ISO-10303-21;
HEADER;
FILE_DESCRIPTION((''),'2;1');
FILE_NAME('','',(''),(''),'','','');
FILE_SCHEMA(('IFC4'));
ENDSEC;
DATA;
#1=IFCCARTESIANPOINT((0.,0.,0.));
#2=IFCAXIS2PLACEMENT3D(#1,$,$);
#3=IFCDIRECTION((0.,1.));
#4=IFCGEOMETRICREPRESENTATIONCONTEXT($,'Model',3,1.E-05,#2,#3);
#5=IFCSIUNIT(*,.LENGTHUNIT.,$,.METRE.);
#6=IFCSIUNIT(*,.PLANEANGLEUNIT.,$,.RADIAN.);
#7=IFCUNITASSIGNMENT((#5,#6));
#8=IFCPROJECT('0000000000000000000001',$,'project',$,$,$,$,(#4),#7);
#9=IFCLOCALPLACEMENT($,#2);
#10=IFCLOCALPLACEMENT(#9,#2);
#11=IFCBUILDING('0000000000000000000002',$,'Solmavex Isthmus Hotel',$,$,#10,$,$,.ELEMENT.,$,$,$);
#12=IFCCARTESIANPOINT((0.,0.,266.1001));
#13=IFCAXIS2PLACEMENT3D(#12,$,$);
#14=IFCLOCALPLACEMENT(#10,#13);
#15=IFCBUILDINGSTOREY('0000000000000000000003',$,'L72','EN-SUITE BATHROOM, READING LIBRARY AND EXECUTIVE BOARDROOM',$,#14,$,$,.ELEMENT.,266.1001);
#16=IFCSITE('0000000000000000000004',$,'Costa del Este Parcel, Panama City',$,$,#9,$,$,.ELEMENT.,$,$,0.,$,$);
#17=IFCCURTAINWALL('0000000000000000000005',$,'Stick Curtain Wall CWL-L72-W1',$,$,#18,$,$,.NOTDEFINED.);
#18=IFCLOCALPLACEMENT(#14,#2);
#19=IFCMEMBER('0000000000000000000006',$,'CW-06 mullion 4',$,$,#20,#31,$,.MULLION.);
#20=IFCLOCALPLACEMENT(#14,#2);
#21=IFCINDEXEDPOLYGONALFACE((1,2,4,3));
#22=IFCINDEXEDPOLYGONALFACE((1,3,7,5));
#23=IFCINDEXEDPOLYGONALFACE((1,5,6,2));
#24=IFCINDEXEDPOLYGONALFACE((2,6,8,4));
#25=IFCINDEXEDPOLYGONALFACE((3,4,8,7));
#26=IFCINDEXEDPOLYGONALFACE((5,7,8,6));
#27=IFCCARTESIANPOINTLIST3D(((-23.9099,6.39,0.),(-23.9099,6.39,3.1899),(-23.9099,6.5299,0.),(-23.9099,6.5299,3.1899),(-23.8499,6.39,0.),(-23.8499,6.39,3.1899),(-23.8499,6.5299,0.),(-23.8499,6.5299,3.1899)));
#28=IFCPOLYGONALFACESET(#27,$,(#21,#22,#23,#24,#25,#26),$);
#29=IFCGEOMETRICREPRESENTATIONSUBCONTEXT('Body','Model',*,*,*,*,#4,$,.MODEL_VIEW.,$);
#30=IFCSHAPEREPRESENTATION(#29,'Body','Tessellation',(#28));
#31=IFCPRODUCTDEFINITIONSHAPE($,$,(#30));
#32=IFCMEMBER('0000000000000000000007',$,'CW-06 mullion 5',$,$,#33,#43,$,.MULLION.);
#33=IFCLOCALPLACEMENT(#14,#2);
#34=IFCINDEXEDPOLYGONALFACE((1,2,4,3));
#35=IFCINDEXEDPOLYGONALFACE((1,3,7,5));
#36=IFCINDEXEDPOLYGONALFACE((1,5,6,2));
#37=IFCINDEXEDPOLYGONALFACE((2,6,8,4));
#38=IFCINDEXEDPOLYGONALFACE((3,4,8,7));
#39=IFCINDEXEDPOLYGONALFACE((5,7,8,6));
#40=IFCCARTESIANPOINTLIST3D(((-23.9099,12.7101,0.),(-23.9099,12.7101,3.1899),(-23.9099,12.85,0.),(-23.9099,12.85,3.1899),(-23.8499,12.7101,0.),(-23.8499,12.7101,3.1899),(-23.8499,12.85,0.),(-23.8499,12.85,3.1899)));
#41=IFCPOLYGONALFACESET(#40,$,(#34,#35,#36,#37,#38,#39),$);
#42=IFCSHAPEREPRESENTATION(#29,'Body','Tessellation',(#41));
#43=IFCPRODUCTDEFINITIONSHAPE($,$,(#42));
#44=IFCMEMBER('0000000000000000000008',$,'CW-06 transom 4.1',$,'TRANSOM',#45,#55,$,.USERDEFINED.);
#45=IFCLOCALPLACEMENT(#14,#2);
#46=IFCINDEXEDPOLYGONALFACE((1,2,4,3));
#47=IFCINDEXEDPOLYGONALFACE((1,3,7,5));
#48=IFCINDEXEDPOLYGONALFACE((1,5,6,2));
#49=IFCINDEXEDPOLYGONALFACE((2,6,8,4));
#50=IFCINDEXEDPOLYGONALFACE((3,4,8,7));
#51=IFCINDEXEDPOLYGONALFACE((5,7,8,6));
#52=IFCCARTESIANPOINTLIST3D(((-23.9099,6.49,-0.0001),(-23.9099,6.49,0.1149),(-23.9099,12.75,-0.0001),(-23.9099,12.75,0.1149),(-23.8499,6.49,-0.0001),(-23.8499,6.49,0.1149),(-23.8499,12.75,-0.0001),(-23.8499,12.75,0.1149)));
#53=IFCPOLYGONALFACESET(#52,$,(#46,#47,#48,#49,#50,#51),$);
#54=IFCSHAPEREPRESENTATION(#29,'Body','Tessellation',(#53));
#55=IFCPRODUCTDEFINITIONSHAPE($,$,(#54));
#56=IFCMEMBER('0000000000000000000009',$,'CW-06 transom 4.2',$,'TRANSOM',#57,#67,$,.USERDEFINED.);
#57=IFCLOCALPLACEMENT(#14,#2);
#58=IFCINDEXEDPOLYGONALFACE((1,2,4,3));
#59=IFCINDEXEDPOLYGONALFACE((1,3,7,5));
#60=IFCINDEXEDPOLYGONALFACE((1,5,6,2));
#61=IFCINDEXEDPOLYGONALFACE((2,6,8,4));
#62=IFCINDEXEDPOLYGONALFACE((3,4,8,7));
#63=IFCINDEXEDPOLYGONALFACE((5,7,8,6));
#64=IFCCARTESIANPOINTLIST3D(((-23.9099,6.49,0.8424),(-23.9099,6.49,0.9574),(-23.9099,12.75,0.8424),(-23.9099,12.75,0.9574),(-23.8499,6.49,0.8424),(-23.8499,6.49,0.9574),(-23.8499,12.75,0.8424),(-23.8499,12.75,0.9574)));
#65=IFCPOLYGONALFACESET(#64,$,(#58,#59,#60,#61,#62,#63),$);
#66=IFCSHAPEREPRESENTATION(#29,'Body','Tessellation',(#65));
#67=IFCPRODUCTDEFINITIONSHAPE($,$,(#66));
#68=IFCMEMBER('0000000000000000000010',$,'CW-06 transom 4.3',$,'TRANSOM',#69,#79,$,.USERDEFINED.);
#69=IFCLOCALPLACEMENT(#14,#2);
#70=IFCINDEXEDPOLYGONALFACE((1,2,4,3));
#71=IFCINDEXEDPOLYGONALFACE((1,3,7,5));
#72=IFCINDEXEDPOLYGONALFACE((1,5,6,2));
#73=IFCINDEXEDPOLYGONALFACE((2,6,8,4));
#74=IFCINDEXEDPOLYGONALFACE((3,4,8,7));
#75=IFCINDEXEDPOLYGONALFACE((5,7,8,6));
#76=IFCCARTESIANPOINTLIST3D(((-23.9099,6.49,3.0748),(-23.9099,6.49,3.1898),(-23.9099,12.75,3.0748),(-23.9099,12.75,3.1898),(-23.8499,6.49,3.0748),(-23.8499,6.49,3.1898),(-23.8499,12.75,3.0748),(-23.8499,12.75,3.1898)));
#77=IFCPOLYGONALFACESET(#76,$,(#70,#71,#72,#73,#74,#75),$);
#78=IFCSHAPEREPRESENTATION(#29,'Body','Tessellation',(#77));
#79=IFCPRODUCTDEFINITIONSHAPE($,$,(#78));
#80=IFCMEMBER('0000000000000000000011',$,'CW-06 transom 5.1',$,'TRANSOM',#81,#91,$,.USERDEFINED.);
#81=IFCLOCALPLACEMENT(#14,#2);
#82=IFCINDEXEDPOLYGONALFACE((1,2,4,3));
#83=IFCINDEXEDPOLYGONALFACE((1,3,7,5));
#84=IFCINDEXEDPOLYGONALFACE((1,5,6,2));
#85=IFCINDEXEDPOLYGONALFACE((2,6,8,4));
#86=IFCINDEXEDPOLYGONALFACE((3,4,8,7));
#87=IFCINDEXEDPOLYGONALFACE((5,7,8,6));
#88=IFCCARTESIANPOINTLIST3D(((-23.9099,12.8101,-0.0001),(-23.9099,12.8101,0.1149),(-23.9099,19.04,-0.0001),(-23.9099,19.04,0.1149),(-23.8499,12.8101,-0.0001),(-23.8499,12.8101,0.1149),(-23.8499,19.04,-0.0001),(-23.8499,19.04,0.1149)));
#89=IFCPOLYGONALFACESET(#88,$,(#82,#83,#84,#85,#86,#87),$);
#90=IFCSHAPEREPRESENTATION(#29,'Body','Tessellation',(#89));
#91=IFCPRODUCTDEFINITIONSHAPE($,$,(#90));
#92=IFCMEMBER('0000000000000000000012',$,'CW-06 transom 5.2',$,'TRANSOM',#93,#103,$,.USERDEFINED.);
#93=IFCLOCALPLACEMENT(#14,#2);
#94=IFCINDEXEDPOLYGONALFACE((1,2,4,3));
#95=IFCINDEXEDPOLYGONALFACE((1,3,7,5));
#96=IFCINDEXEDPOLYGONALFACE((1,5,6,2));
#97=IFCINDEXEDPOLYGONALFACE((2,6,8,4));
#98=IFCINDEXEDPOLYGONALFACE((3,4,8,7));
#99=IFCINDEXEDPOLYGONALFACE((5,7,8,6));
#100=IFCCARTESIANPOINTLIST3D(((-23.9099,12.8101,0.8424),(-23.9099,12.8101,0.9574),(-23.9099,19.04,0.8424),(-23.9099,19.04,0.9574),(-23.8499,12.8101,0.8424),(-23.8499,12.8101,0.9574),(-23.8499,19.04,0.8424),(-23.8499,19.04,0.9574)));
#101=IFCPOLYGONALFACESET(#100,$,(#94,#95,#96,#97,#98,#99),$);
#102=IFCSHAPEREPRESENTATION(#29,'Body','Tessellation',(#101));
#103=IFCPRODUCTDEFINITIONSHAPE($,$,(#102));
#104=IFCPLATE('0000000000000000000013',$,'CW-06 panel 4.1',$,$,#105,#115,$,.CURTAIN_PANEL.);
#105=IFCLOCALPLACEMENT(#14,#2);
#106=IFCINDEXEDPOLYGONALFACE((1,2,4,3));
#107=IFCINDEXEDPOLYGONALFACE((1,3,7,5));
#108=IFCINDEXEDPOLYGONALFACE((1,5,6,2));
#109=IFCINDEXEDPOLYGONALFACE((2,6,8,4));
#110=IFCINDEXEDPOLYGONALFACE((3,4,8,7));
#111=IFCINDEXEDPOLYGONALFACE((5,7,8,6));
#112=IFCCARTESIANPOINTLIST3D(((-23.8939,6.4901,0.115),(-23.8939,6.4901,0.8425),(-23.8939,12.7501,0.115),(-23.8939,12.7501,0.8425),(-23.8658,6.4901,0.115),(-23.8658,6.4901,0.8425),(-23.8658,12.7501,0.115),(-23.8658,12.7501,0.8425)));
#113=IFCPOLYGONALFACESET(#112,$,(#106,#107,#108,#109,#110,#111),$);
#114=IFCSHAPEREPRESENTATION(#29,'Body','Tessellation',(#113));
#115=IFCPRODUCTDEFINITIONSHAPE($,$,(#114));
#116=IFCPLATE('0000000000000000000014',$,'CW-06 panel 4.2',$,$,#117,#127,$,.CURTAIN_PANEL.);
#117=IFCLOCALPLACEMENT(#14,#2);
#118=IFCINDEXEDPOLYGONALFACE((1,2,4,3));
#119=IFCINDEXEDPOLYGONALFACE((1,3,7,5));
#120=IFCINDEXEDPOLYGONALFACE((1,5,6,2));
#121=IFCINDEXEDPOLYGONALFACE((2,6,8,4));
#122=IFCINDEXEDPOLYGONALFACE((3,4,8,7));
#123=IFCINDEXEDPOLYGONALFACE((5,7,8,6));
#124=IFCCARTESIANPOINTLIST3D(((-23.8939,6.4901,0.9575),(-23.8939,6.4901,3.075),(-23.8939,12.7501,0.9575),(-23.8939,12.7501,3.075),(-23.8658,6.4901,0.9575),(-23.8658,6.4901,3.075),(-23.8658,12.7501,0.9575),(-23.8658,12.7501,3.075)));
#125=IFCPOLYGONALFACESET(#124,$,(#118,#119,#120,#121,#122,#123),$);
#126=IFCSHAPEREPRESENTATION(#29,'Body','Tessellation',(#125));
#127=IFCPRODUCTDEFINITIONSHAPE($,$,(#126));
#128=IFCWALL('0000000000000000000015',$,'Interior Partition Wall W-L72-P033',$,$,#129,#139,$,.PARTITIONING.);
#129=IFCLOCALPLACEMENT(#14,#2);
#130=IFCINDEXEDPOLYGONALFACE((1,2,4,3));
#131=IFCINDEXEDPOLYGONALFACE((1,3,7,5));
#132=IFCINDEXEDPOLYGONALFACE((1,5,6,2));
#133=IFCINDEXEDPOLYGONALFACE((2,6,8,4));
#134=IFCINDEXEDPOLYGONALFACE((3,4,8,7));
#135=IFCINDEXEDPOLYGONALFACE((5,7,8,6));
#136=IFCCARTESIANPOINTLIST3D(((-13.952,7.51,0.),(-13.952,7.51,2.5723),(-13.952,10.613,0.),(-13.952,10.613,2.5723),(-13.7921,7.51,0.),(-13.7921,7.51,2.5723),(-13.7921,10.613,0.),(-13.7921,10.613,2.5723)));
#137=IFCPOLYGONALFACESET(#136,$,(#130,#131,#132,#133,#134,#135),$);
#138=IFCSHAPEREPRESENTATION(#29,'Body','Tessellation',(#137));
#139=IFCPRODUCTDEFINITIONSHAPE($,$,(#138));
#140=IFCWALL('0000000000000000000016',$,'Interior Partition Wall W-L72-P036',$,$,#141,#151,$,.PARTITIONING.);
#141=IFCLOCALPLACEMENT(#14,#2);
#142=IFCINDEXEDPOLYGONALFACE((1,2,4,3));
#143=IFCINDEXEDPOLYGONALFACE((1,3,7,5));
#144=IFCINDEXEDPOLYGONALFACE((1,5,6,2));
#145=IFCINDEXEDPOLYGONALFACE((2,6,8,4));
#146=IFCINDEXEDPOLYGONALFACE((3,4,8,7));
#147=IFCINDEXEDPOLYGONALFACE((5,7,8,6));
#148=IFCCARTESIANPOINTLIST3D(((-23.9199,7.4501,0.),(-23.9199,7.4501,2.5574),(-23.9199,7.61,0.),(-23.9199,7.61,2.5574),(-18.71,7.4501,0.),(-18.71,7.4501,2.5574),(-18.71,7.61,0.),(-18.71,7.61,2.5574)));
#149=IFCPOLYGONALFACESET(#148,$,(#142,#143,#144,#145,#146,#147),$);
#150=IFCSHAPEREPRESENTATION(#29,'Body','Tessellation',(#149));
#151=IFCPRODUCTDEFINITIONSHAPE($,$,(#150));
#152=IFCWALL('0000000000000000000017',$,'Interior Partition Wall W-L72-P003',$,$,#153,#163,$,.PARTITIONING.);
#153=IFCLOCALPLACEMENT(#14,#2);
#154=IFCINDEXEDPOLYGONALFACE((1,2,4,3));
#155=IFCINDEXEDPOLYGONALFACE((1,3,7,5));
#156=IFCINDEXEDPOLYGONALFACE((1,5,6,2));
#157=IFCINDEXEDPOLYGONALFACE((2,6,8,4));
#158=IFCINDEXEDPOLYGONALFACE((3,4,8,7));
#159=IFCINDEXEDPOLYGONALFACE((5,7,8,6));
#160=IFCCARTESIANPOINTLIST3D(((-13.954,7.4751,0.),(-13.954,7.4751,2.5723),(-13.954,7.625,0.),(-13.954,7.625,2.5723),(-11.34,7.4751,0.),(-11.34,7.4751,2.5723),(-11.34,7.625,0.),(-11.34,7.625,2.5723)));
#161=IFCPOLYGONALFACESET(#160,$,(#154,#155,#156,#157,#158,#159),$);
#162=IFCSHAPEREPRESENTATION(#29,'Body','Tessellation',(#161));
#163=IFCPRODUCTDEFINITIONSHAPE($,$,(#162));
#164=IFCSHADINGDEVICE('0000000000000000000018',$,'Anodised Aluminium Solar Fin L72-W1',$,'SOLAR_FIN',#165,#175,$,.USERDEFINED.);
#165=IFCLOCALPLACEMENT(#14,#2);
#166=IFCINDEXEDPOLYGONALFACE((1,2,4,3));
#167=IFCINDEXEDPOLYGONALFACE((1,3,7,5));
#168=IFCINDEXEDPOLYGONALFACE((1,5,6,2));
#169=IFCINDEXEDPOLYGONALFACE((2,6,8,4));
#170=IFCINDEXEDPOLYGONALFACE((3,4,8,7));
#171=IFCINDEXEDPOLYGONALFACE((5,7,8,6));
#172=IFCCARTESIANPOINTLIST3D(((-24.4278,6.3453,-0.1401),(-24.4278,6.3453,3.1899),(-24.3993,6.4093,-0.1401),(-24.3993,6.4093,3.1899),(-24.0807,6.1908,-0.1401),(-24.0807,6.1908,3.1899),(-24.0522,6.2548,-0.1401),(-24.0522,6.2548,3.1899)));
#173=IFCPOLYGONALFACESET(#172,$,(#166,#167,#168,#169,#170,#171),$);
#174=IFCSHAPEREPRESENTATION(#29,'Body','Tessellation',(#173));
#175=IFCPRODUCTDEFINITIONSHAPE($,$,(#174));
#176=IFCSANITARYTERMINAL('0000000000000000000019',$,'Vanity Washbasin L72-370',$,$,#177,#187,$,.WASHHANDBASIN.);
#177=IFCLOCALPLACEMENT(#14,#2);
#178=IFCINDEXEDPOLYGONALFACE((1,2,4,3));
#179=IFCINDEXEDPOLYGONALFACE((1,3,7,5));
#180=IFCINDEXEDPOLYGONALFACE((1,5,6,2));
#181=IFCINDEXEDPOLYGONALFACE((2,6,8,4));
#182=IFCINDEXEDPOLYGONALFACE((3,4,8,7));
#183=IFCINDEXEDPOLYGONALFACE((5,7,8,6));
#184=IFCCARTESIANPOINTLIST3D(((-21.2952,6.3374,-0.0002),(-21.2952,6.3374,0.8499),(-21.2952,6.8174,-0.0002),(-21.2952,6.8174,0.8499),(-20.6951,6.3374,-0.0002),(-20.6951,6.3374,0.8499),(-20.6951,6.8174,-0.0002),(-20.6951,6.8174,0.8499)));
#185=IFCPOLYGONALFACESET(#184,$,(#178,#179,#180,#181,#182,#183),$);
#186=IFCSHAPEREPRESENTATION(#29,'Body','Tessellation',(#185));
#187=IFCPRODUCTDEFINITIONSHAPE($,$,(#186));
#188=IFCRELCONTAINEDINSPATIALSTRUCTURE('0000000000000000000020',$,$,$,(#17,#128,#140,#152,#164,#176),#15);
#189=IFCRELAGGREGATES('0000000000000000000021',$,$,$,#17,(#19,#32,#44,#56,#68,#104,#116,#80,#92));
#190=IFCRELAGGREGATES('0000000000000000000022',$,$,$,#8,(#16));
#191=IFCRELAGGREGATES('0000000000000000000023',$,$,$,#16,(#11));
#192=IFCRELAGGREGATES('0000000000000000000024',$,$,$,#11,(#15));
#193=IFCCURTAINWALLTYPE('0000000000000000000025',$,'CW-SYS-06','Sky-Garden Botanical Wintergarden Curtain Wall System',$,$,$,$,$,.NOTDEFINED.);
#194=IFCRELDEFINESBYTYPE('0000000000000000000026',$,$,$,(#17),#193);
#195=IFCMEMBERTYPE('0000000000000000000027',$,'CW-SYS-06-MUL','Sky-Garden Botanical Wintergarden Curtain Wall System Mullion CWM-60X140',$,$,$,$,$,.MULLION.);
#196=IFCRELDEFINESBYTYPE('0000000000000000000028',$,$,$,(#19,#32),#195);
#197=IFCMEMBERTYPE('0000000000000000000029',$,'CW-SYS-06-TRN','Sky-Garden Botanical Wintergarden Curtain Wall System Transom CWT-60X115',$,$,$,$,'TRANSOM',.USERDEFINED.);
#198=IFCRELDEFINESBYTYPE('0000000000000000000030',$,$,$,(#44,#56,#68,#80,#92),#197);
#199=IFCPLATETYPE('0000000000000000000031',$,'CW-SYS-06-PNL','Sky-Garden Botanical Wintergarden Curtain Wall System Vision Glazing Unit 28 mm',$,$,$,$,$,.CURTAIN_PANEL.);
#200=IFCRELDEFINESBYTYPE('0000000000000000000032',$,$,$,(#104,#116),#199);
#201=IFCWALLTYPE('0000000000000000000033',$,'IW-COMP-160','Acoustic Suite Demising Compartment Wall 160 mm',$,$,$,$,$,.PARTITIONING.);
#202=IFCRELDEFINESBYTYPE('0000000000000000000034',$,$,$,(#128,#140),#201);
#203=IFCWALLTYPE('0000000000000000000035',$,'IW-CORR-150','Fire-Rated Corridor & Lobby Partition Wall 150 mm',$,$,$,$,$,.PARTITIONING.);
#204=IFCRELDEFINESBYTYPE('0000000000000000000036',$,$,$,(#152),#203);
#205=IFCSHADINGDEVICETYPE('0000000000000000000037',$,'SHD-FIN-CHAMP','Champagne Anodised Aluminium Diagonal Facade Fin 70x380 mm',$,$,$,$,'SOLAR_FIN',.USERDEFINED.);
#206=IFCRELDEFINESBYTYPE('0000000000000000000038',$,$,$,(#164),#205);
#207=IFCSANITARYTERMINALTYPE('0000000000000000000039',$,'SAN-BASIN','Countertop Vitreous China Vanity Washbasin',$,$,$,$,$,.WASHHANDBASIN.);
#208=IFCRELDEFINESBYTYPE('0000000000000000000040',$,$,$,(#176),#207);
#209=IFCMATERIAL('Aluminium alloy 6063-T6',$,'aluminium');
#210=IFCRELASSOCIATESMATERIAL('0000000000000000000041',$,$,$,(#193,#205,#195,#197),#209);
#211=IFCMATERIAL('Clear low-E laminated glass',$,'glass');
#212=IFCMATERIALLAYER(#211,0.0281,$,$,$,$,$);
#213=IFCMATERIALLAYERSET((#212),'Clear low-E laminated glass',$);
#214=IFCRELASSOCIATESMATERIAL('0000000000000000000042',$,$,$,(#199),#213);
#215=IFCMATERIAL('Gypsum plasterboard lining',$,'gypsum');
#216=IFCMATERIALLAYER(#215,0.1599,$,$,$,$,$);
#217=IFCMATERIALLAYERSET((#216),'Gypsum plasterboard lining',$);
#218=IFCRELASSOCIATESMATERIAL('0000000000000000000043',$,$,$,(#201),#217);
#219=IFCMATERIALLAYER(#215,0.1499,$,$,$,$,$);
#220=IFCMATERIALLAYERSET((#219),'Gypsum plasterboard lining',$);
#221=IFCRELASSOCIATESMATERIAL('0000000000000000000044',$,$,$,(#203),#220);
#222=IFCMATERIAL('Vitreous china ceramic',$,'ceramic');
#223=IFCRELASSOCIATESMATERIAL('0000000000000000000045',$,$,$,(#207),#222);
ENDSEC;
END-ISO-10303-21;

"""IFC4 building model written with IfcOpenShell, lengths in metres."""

from ifc_helpers import new_model, si_unit, direction, frame, frame_2d, origin, origin_2d, place, context, subcontext, project, spatial, rectangle, extrude, material, layer, layer_set, material_profile, profile_set, type_object, element, aggregate, save


model = new_model("IFC4")

# Units and contexts
model_context = context("Model", 3, precision=1e-05, world=origin(), true_north=direction((0.0, 1.0)))
body_context = subcontext(model_context, "Body", "Model", "MODEL_VIEW")
ifc_project = project(units=[si_unit("LENGTHUNIT", "METRE"), si_unit("PLANEANGLEUNIT", "RADIAN")], contexts=[model_context])

# Site, building, storey
site_placement = place(None, origin())
site = spatial("IfcSite", under=ifc_project, at=site_placement, Name="Costa del Este Parcel, Panama City", CompositionType="ELEMENT", RefElevation=0.0)
building_placement = place(site_placement, origin())
building = spatial("IfcBuilding", under=site, at=building_placement, Name="Solmavex Isthmus Hotel", CompositionType="ELEMENT")
storey_placement = place(building_placement, frame((0.0, 0.0, 266.1001)))
storey = spatial("IfcBuildingStorey", under=building, at=storey_placement, Name="L72", Description="EN-SUITE BATHROOM, READING LIBRARY AND EXECUTIVE BOARDROOM", CompositionType="ELEMENT", Elevation=266.1001)

# Curtain wall, members, plates
ifc_material_1 = material(Name="Aluminium alloy 6063-T6", Category="aluminium")
curtain_wall_type = type_object("IfcCurtainWallType", Name="CW-SYS-06", Description="Sky-Garden Botanical Wintergarden Curtain Wall System", PredefinedType="NOTDEFINED", material=ifc_material_1)
curtain_wall_placement = place(storey_placement, origin())
curtain_wall = element("IfcCurtainWall", 1, at=curtain_wall_placement, inside=storey, type_object=curtain_wall_type, Name="Stick Curtain Wall CWL-L72-W1", PredefinedType="NOTDEFINED")
ifc_material_profile_1 = material_profile(ifc_material_1, rectangle(XDim=0.0601, YDim=0.1399, at=origin_2d()), Name="CWM-60X140")
ifc_profile_set_1 = profile_set([ifc_material_profile_1], Name="Aluminium alloy 6063-T6")
member_type_1 = type_object("IfcMemberType", Name="CW-SYS-06-MUL", Description="Sky-Garden Botanical Wintergarden Curtain Wall System Mullion CWM-60X140", PredefinedType="MULLION", material=ifc_profile_set_1)
member_1_placement = place(storey_placement, frame((-23.8799, 6.46, 0.0), z_axis=(0.0, 0.0, 1.0), x_axis=(-1.0, 0.0, 0.0)))
member_1 = element("IfcMember", 2, at=member_1_placement, type_object=member_type_1, Name="CW-06 mullion 4", PredefinedType="MULLION", context=body_context, shape_type="SweptSolid", body=[
    extrude(rectangle(XDim=0.0601, YDim=0.1399, at=origin_2d()), origin(), (0.0, 0.0, 1.0), 3.1899),
])
member_2_placement = place(storey_placement, frame((-23.8799, 12.78, 0.0), z_axis=(0.0, 0.0, 1.0), x_axis=(-1.0, 0.0, 0.0)))
member_2 = element("IfcMember", 3, at=member_2_placement, type_object=member_type_1, Name="CW-06 mullion 5", PredefinedType="MULLION", context=body_context, shape_type="SweptSolid", body=[
    extrude(rectangle(XDim=0.0601, YDim=0.1399, at=origin_2d()), origin(), (0.0, 0.0, 1.0), 3.1899),
])
ifc_material_profile_2 = material_profile(ifc_material_1, rectangle(XDim=0.0601, YDim=0.115, at=origin_2d()), Name="CWT-60X115")
ifc_profile_set_2 = profile_set([ifc_material_profile_2], Name="Aluminium alloy 6063-T6")
member_type_2 = type_object("IfcMemberType", Name="CW-SYS-06-TRN", Description="Sky-Garden Botanical Wintergarden Curtain Wall System Transom CWT-60X115", ElementType="TRANSOM", PredefinedType="USERDEFINED", material=ifc_profile_set_2)
member_3_placement = place(storey_placement, frame((-23.8799, 6.49, 0.0574), z_axis=(0.0, 1.0, 0.0), x_axis=(-1.0, 0.0, 0.0)))
member_3 = element("IfcMember", 4, at=member_3_placement, type_object=member_type_2, Name="CW-06 transom 4.1", ObjectType="TRANSOM", PredefinedType="USERDEFINED", context=body_context, shape_type="SweptSolid", body=[
    extrude(rectangle(XDim=0.0601, YDim=0.115, at=origin_2d()), origin(), (0.0, 0.0, 1.0), 6.26),
])
member_4_placement = place(storey_placement, frame((-23.8799, 6.49, 0.8999), z_axis=(0.0, 1.0, 0.0), x_axis=(-1.0, 0.0, 0.0)))
member_4 = element("IfcMember", 5, at=member_4_placement, type_object=member_type_2, Name="CW-06 transom 4.2", ObjectType="TRANSOM", PredefinedType="USERDEFINED", context=body_context, shape_type="SweptSolid", body=[
    extrude(rectangle(XDim=0.0601, YDim=0.115, at=origin_2d()), origin(), (0.0, 0.0, 1.0), 6.26),
])
member_5_placement = place(storey_placement, frame((-23.8799, 6.49, 3.1323), z_axis=(0.0, 1.0, 0.0), x_axis=(-1.0, 0.0, 0.0)))
member_5 = element("IfcMember", 6, at=member_5_placement, type_object=member_type_2, Name="CW-06 transom 4.3", ObjectType="TRANSOM", PredefinedType="USERDEFINED", context=body_context, shape_type="SweptSolid", body=[
    extrude(rectangle(XDim=0.0601, YDim=0.115, at=origin_2d()), origin(), (0.0, 0.0, 1.0), 6.26),
])
member_6_placement = place(storey_placement, frame((-23.8799, 12.8101, 0.0574), z_axis=(0.0, 1.0, 0.0), x_axis=(-1.0, 0.0, 0.0)))
member_6 = element("IfcMember", 7, at=member_6_placement, type_object=member_type_2, Name="CW-06 transom 5.1", ObjectType="TRANSOM", PredefinedType="USERDEFINED", context=body_context, shape_type="SweptSolid", body=[
    extrude(rectangle(XDim=0.0601, YDim=0.115, at=origin_2d()), origin(), (0.0, 0.0, 1.0), 6.23),
])
member_7_placement = place(storey_placement, frame((-23.8799, 12.8101, 0.8999), z_axis=(0.0, 1.0, 0.0), x_axis=(-1.0, 0.0, 0.0)))
member_7 = element("IfcMember", 8, at=member_7_placement, type_object=member_type_2, Name="CW-06 transom 5.2", ObjectType="TRANSOM", PredefinedType="USERDEFINED", context=body_context, shape_type="SweptSolid", body=[
    extrude(rectangle(XDim=0.0601, YDim=0.115, at=origin_2d()), origin(), (0.0, 0.0, 1.0), 6.23),
])
ifc_material_2 = material(Name="Clear low-E laminated glass", Category="glass")
ifc_layer_1 = layer(ifc_material_2, 0.0281)
ifc_layer_set_1 = layer_set([ifc_layer_1], Name="Clear low-E laminated glass")
plate_type = type_object("IfcPlateType", Name="CW-SYS-06-PNL", Description="Sky-Garden Botanical Wintergarden Curtain Wall System Vision Glazing Unit 28 mm", PredefinedType="CURTAIN_PANEL", material=ifc_layer_set_1)
plate_1_placement = place(storey_placement, frame((-23.8799, 9.6201, 0.115), z_axis=(0.0, 0.0, 1.0), x_axis=(0.0, 1.0, 0.0)))
plate_1 = element("IfcPlate", 9, at=plate_1_placement, type_object=plate_type, Name="CW-06 panel 4.1", PredefinedType="CURTAIN_PANEL", context=body_context, shape_type="SweptSolid", body=[
    extrude(rectangle(XDim=6.26, YDim=0.0281, at=origin_2d()), origin(), (0.0, 0.0, 1.0), 0.7275),
])
plate_2_placement = place(storey_placement, frame((-23.8799, 9.6201, 0.9575), z_axis=(0.0, 0.0, 1.0), x_axis=(0.0, 1.0, 0.0)))
plate_2 = element("IfcPlate", 10, at=plate_2_placement, type_object=plate_type, Name="CW-06 panel 4.2", PredefinedType="CURTAIN_PANEL", context=body_context, shape_type="SweptSolid", body=[
    extrude(rectangle(XDim=6.26, YDim=0.0281, at=origin_2d()), origin(), (0.0, 0.0, 1.0), 2.1174),
])
aggregate(curtain_wall, [member_1, member_2, member_3, member_4, member_5, plate_1, plate_2, member_6, member_7])

# Walls
ifc_material_3 = material(Name="Gypsum plasterboard lining", Category="gypsum")
ifc_layer_2 = layer(ifc_material_3, 0.1599)
ifc_layer_set_2 = layer_set([ifc_layer_2], Name="Gypsum plasterboard lining")
wall_type_1 = type_object("IfcWallType", Name="IW-COMP-160", Description="Acoustic Suite Demising Compartment Wall 160 mm", PredefinedType="PARTITIONING", material=ifc_layer_set_2)
wall_1_placement = place(storey_placement, frame((-13.8721, 10.613, 0.0), z_axis=(0.0, 0.0, 1.0), x_axis=(0.0, -1.0, 0.0)))
element("IfcWall", 11, at=wall_1_placement, inside=storey, type_object=wall_type_1, Name="Interior Partition Wall W-L72-P033", PredefinedType="PARTITIONING", context=body_context, shape_type="SweptSolid", body=[
    extrude(rectangle(XDim=3.103, YDim=0.1599, at=frame_2d((1.5515, 0.0))), origin(), (0.0, 0.0, 1.0), 2.5723),
])
wall_2_placement = place(storey_placement, frame((-18.71, 7.53, 0.0), z_axis=(0.0, 0.0, 1.0), x_axis=(-1.0, 0.0, 0.0)))
element("IfcWall", 12, at=wall_2_placement, inside=storey, type_object=wall_type_1, Name="Interior Partition Wall W-L72-P036", PredefinedType="PARTITIONING", context=body_context, shape_type="SweptSolid", body=[
    extrude(rectangle(XDim=5.21, YDim=0.1599, at=frame_2d((2.605, 0.0))), origin(), (0.0, 0.0, 1.0), 2.5574),
])

# Shared definitions
ifc_layer_3 = layer(ifc_material_3, 0.1499)
ifc_layer_set_3 = layer_set([ifc_layer_3], Name="Gypsum plasterboard lining")
wall_type_2 = type_object("IfcWallType", Name="IW-CORR-150", Description="Fire-Rated Corridor & Lobby Partition Wall 150 mm", PredefinedType="PARTITIONING", material=ifc_layer_set_3)

# Wall
wall_3_placement = place(storey_placement, frame((-13.9541, 7.55, 0.0), z_axis=(0.0, 0.0, 1.0), x_axis=(1.0, 0.0, 0.0)))
element("IfcWall", 13, at=wall_3_placement, inside=storey, type_object=wall_type_2, Name="Interior Partition Wall W-L72-P003", PredefinedType="PARTITIONING", context=body_context, shape_type="SweptSolid", body=[
    extrude(rectangle(XDim=2.614, YDim=0.1499, at=frame_2d((1.3071, 0.0))), origin(), (0.0, 0.0, 1.0), 2.5723),
])

# Shading device
shading_device_type = type_object("IfcShadingDeviceType", Name="SHD-FIN-CHAMP", Description="Champagne Anodised Aluminium Diagonal Facade Fin 70x380 mm", ElementType="SOLAR_FIN", PredefinedType="USERDEFINED", material=ifc_material_1)
shading_device_placement = place(storey_placement, frame((-24.24, 6.3, -0.1401), z_axis=(0.0, 0.0, 1.0), x_axis=(-0.913545, 0.406737, 0.0)))
element("IfcShadingDevice", 14, at=shading_device_placement, inside=storey, type_object=shading_device_type, Name="Anodised Aluminium Solar Fin L72-W1", ObjectType="SOLAR_FIN", PredefinedType="USERDEFINED", context=body_context, shape_type="SweptSolid", body=[
    extrude(rectangle(XDim=0.3799, YDim=0.0701, at=origin_2d()), origin(), (0.0, 0.0, 1.0), 3.3301),
])

# Sanitary terminal
ifc_material_4 = material(Name="Vitreous china ceramic", Category="ceramic")
sanitary_terminal_type_1 = type_object("IfcSanitaryTerminalType", Name="SAN-BASIN", Description="Countertop Vitreous China Vanity Washbasin", PredefinedType="WASHHANDBASIN", material=ifc_material_4)
sanitary_terminal_1_placement = place(storey_placement, frame((-20.9951, 6.5774, -0.0002), z_axis=(0.0, 0.0, 1.0), x_axis=(1.0, 0.0, 0.0)))
element("IfcSanitaryTerminal", 15, at=sanitary_terminal_1_placement, inside=storey, type_object=sanitary_terminal_type_1, Name="Vanity Washbasin L72-370", PredefinedType="WASHHANDBASIN", context=body_context, shape_type="SweptSolid", body=[
    extrude(rectangle(XDim=0.6001, YDim=0.48, at=origin_2d()), origin(), (0.0, 0.0, 1.0), 0.8501),
])

save(model, "model.ifc")
